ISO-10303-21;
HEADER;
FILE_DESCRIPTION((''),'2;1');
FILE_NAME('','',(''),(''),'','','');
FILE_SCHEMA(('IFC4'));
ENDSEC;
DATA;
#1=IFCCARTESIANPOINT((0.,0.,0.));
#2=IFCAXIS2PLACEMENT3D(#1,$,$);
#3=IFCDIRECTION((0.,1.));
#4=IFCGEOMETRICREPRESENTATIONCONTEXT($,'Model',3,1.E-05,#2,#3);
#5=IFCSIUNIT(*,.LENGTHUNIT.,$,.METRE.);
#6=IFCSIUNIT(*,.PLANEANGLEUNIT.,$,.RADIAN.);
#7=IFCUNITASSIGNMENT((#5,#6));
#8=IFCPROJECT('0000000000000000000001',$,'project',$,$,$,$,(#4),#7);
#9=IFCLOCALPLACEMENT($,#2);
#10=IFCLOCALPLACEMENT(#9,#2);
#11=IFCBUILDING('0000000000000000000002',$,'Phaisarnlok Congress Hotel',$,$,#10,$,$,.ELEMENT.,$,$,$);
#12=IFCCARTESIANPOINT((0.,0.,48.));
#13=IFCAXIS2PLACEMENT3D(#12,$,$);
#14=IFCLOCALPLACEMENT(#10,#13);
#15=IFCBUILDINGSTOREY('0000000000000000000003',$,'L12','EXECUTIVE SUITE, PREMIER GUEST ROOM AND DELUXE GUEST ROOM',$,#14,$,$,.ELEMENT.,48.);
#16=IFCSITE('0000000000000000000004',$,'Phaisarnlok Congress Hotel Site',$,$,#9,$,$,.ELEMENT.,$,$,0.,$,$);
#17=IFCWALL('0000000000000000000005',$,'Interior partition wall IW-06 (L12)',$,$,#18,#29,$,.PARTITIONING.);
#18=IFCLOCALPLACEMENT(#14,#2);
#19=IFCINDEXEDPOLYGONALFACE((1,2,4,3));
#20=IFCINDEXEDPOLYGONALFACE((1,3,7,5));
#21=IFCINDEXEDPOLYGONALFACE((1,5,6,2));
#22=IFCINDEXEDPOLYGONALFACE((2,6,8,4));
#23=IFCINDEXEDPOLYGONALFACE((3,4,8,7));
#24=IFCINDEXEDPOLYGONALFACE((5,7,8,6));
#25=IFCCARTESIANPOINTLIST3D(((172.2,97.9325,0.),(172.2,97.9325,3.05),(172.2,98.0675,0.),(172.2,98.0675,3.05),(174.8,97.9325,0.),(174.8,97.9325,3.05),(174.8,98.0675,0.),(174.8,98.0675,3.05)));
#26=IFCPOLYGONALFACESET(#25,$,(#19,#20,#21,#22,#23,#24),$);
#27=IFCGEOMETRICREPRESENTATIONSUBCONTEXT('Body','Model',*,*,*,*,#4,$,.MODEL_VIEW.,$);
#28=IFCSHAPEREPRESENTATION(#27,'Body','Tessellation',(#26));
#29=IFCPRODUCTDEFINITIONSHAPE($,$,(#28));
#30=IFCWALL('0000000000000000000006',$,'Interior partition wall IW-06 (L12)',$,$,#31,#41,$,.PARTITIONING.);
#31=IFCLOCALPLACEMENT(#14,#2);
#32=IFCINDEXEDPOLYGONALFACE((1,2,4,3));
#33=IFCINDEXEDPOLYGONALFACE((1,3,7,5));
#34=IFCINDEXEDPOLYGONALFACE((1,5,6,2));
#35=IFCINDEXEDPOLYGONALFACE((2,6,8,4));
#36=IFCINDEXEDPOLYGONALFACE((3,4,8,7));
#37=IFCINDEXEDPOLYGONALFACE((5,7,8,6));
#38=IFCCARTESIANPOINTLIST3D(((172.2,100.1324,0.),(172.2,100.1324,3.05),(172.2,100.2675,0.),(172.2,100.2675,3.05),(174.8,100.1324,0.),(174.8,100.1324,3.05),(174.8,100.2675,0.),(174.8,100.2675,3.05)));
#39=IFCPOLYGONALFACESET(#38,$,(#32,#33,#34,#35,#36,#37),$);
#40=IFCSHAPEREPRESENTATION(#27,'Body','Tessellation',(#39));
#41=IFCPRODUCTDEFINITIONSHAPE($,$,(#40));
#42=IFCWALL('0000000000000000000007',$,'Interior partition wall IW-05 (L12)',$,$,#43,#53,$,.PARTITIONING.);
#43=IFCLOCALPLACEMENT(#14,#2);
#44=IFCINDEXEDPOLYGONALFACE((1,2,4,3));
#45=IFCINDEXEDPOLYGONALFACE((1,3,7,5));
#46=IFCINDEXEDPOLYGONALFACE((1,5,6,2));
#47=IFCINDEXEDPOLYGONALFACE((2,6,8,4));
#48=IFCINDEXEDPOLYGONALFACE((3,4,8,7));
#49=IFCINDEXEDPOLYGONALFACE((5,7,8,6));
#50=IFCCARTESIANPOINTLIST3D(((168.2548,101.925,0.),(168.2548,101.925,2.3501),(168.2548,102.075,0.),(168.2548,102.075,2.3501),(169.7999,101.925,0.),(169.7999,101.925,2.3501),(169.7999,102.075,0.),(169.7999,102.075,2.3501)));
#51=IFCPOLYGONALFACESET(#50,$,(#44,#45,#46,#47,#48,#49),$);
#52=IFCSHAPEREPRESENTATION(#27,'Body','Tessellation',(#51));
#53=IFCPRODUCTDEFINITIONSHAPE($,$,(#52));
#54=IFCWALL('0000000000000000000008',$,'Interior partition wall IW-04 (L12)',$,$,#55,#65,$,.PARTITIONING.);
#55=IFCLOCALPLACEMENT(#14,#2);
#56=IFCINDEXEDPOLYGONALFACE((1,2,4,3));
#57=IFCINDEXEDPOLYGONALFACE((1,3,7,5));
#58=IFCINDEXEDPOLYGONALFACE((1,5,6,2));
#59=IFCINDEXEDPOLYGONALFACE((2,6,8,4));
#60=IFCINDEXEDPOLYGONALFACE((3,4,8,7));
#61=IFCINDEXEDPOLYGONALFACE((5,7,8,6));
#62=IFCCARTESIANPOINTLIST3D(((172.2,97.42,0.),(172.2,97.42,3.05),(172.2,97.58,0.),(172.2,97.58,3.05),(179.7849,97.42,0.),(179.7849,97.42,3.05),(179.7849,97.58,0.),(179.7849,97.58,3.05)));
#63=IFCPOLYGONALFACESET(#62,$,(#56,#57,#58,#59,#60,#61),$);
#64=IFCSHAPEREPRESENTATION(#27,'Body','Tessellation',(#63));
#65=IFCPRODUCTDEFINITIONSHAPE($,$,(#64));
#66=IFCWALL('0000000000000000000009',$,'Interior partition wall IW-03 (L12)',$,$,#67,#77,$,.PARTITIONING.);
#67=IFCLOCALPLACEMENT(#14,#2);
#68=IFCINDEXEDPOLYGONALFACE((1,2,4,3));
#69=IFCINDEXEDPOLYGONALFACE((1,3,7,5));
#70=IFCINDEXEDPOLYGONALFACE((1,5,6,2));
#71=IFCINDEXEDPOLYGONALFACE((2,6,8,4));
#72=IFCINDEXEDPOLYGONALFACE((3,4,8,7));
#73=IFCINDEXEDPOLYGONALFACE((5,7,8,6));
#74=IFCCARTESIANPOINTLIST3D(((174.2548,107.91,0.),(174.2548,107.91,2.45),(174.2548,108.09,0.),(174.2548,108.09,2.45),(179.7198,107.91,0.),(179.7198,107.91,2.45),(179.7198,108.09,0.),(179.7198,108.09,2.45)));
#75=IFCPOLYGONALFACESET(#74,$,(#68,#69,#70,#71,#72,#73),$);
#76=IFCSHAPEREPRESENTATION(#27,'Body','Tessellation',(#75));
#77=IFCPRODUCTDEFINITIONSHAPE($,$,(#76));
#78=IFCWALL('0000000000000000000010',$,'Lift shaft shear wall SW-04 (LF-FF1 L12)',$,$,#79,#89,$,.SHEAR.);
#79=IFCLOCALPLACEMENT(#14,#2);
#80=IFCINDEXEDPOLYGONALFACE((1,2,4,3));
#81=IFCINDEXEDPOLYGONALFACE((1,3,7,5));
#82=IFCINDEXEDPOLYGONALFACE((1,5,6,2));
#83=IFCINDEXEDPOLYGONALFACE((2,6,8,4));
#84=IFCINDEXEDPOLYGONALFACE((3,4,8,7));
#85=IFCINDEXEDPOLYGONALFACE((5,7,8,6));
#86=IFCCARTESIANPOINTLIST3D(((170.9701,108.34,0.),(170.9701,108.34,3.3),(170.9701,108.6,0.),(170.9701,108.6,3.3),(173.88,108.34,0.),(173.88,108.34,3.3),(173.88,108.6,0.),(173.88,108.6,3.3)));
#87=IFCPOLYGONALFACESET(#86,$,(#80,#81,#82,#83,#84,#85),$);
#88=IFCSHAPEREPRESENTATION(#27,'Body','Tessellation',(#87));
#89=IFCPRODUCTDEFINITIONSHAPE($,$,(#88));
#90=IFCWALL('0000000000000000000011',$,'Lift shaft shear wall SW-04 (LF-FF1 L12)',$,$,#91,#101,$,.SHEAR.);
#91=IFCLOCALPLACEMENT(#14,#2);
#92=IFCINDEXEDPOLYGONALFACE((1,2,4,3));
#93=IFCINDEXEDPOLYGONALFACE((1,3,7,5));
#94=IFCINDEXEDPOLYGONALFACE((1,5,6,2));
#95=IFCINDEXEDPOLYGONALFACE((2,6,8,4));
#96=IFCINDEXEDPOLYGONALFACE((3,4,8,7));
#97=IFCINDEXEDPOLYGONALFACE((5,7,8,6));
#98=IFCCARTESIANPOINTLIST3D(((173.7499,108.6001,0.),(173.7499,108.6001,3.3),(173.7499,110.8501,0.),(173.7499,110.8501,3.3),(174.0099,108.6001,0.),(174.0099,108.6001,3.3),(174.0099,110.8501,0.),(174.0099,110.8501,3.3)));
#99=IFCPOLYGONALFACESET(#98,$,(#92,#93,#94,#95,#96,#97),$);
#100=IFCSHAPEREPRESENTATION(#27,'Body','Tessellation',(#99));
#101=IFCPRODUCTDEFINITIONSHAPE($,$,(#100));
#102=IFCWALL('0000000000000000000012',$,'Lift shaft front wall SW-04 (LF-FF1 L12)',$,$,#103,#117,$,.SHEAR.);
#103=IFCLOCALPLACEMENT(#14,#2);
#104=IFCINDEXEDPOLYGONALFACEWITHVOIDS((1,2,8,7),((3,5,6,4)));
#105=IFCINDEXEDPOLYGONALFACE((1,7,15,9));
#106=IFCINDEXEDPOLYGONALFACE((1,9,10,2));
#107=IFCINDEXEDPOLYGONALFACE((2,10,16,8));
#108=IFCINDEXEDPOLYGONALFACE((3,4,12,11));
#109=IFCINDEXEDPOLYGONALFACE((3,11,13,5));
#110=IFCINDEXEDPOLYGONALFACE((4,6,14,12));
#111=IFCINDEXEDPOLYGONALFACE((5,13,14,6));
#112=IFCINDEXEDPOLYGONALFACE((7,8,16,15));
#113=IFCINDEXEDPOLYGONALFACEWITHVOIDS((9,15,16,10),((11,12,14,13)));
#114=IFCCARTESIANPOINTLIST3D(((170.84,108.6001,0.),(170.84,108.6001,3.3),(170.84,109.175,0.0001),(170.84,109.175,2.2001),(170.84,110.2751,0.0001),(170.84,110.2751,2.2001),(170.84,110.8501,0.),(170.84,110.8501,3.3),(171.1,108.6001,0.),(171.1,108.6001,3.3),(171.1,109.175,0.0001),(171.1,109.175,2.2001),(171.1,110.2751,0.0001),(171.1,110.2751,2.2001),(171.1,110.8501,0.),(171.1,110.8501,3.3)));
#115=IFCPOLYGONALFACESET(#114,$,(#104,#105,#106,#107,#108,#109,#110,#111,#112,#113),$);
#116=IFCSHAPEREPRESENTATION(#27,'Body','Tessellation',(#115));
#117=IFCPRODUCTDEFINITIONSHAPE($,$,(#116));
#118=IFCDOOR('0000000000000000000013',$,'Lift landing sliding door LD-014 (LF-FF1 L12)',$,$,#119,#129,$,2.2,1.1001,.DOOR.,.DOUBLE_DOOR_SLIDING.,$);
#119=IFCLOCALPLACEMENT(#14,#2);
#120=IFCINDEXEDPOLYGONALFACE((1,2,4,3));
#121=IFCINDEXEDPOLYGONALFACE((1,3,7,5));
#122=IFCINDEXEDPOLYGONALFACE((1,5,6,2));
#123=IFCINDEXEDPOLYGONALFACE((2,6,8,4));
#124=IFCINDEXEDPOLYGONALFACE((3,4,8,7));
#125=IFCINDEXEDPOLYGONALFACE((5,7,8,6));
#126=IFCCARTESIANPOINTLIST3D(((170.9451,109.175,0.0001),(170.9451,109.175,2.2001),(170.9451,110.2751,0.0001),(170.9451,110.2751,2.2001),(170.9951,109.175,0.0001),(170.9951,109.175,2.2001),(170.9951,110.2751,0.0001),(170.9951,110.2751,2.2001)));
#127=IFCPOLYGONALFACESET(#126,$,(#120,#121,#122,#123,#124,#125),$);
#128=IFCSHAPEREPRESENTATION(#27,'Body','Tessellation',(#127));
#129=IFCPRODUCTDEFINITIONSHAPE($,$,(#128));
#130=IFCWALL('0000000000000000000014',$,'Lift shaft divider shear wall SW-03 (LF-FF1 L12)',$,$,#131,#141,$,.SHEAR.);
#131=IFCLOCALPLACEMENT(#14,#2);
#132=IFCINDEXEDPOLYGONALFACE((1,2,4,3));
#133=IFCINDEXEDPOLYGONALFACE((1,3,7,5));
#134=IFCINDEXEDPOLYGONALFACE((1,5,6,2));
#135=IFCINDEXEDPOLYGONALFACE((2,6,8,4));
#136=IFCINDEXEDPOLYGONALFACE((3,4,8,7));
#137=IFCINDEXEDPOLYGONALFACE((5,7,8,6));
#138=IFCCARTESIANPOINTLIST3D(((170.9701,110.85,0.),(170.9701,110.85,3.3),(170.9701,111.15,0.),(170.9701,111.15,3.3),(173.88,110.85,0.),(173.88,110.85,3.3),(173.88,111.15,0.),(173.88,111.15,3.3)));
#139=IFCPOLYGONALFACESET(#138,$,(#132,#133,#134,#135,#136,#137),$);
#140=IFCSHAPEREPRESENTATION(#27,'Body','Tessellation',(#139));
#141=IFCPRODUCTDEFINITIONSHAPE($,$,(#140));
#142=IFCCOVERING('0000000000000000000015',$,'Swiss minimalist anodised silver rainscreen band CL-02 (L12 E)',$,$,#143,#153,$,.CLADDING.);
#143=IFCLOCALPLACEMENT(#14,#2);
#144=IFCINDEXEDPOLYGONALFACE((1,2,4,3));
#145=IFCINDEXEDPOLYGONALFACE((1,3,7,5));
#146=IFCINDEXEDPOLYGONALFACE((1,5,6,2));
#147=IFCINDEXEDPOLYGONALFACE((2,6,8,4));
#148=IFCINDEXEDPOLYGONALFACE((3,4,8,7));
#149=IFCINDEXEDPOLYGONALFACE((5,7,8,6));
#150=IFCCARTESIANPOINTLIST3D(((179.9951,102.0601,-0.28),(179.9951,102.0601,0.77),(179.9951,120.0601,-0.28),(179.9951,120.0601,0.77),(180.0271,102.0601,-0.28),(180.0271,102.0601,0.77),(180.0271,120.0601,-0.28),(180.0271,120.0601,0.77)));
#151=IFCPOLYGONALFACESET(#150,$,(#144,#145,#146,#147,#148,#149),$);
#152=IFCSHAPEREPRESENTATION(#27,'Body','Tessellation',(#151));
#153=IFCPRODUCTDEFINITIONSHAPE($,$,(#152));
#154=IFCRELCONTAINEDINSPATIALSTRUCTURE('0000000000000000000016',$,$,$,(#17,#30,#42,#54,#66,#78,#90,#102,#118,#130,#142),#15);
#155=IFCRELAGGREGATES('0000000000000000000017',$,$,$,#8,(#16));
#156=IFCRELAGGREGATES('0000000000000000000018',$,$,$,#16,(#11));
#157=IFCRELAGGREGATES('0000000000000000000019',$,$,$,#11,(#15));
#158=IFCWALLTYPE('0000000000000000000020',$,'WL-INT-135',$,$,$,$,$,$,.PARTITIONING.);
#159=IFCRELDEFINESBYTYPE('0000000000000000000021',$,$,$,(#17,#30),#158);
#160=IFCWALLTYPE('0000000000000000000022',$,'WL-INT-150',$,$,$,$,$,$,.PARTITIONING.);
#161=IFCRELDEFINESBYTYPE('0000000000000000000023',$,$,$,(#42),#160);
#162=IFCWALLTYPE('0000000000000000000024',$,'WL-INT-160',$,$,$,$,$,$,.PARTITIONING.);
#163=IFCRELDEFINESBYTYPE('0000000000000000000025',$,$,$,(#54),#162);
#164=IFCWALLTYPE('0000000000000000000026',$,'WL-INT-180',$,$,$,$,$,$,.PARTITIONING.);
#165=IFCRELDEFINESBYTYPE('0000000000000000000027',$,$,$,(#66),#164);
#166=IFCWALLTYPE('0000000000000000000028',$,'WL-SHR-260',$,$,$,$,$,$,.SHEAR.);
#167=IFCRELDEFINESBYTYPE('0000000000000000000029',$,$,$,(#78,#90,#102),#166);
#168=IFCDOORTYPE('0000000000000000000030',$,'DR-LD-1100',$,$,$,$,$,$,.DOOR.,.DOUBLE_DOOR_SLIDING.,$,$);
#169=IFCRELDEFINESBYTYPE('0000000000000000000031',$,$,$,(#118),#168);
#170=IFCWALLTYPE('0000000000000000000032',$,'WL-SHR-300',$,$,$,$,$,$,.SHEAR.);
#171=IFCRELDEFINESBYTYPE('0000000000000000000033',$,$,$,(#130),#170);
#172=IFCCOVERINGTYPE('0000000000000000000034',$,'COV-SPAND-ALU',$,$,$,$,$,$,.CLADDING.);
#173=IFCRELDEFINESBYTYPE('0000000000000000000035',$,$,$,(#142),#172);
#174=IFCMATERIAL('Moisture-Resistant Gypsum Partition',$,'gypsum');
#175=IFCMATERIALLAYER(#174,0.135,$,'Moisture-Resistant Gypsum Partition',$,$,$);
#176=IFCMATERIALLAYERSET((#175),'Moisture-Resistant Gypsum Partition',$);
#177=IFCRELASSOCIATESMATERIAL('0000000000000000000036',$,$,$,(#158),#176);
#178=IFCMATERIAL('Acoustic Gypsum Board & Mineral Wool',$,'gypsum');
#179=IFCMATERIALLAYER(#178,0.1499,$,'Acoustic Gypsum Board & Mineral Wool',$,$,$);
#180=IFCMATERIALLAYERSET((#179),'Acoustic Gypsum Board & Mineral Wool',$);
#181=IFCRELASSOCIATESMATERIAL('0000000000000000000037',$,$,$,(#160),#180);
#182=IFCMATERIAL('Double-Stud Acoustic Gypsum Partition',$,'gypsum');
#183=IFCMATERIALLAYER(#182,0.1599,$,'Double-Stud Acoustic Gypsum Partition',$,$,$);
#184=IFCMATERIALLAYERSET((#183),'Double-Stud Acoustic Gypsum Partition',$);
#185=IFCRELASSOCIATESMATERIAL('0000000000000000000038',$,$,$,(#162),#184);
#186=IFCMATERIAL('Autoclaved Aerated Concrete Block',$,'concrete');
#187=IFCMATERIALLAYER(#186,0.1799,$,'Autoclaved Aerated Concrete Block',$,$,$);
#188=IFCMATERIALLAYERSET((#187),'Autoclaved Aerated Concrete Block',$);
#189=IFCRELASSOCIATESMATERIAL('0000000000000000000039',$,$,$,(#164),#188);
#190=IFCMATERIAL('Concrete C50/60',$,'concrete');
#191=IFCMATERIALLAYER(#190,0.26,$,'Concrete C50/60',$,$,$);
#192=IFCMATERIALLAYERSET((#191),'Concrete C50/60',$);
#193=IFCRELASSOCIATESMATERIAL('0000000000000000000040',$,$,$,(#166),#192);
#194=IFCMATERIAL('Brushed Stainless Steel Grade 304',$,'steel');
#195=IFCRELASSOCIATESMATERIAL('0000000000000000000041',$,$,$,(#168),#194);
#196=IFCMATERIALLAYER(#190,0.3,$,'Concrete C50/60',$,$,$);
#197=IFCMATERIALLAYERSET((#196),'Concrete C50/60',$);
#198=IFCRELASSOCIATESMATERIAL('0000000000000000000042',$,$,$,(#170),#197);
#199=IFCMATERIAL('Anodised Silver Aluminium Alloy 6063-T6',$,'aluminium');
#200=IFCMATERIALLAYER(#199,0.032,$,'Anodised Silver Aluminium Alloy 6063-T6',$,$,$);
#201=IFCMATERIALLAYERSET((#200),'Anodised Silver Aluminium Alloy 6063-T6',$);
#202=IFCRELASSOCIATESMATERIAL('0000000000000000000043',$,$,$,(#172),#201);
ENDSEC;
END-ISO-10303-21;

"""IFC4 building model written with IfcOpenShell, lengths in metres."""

from ifc_helpers import new_model, si_unit, direction, frame, frame_2d, origin, place, context, subcontext, project, spatial, polyline, rectangle, outline, extrude, material, layer, layer_set, type_object, element, fill, save


model = new_model("IFC4")

# Units and contexts
model_context = context("Model", 3, precision=1e-05, world=origin(), true_north=direction((0.0, 1.0)))
body_context = subcontext(model_context, "Body", "Model", "MODEL_VIEW")
ifc_project = project(units=[si_unit("LENGTHUNIT", "METRE"), si_unit("PLANEANGLEUNIT", "RADIAN")], contexts=[model_context])

# Site, building, storey
site_placement = place(None, origin())
site = spatial("IfcSite", under=ifc_project, at=site_placement, Name="Phaisarnlok Congress Hotel Site", CompositionType="ELEMENT", RefElevation=0.0)
building_placement = place(site_placement, origin())
building = spatial("IfcBuilding", under=site, at=building_placement, Name="Phaisarnlok Congress Hotel", CompositionType="ELEMENT")
storey_placement = place(building_placement, frame((0.0, 0.0, 48.0)))
storey = spatial("IfcBuildingStorey", under=building, at=storey_placement, Name="L12", Description="EXECUTIVE SUITE, PREMIER GUEST ROOM AND DELUXE GUEST ROOM", CompositionType="ELEMENT", Elevation=48.0)

# Shared definitions
ifc_material_1 = material(Name="Concrete C50/60", Category="concrete")

# Walls
ifc_material_2 = material(Name="Moisture-Resistant Gypsum Partition", Category="gypsum")
ifc_layer_1 = layer(ifc_material_2, 0.135, Name="Moisture-Resistant Gypsum Partition")
ifc_layer_set_1 = layer_set([ifc_layer_1], Name="Moisture-Resistant Gypsum Partition")
wall_type_1 = type_object("IfcWallType", Name="WL-INT-135", PredefinedType="PARTITIONING", material=ifc_layer_set_1)
for number, where, z_axis, x_axis, name in (
    (1, (172.2, 98.0, 0.0), (0.0, 0.0, 1.0), (1.0, 0.0, 0.0), "Interior partition wall IW-06 (L12)"),
    (2, (172.2, 100.2, 0.0), (0.0, 0.0, 1.0), (1.0, 0.0, 0.0), "Interior partition wall IW-06 (L12)"),
):
    element("IfcWall", number, at=place(storey_placement, frame(where, z_axis=z_axis, x_axis=x_axis)), inside=storey, type_object=wall_type_1, Name=name, PredefinedType="PARTITIONING", context=body_context, shape_type="SweptSolid", body=[
        extrude(rectangle(XDim=2.6001, YDim=0.135, at=frame_2d((1.3, 0.0))), origin(), (0.0, 0.0, 1.0), 3.05),
    ])
ifc_material_3 = material(Name="Acoustic Gypsum Board & Mineral Wool", Category="gypsum")
ifc_layer_2 = layer(ifc_material_3, 0.1499, Name="Acoustic Gypsum Board & Mineral Wool")
ifc_layer_set_2 = layer_set([ifc_layer_2], Name="Acoustic Gypsum Board & Mineral Wool")
wall_type_2 = type_object("IfcWallType", Name="WL-INT-150", PredefinedType="PARTITIONING", material=ifc_layer_set_2)
wall_1_placement = place(storey_placement, frame((168.2549, 102.0, 0.0), z_axis=(0.0, 0.0, 1.0), x_axis=(1.0, 0.0, 0.0)))
element("IfcWall", 3, at=wall_1_placement, inside=storey, type_object=wall_type_2, Name="Interior partition wall IW-05 (L12)", PredefinedType="PARTITIONING", context=body_context, shape_type="SweptSolid", body=[
    extrude(rectangle(XDim=1.5452, YDim=0.1499, at=frame_2d((0.7725, 0.0))), origin(), (0.0, 0.0, 1.0), 2.3501),
])
ifc_material_4 = material(Name="Double-Stud Acoustic Gypsum Partition", Category="gypsum")
ifc_layer_3 = layer(ifc_material_4, 0.1599, Name="Double-Stud Acoustic Gypsum Partition")
ifc_layer_set_3 = layer_set([ifc_layer_3], Name="Double-Stud Acoustic Gypsum Partition")
wall_type_3 = type_object("IfcWallType", Name="WL-INT-160", PredefinedType="PARTITIONING", material=ifc_layer_set_3)
wall_2_placement = place(storey_placement, frame((172.2, 97.5, 0.0), z_axis=(0.0, 0.0, 1.0), x_axis=(1.0, 0.0, 0.0)))
element("IfcWall", 4, at=wall_2_placement, inside=storey, type_object=wall_type_3, Name="Interior partition wall IW-04 (L12)", PredefinedType="PARTITIONING", context=body_context, shape_type="SweptSolid", body=[
    extrude(rectangle(XDim=7.585, YDim=0.1599, at=frame_2d((3.7925, 0.0))), origin(), (0.0, 0.0, 1.0), 3.05),
])
ifc_material_5 = material(Name="Autoclaved Aerated Concrete Block", Category="concrete")
ifc_layer_4 = layer(ifc_material_5, 0.1799, Name="Autoclaved Aerated Concrete Block")
ifc_layer_set_4 = layer_set([ifc_layer_4], Name="Autoclaved Aerated Concrete Block")
wall_type_4 = type_object("IfcWallType", Name="WL-INT-180", PredefinedType="PARTITIONING", material=ifc_layer_set_4)
wall_3_placement = place(storey_placement, frame((174.2549, 108.0, 0.0), z_axis=(0.0, 0.0, 1.0), x_axis=(1.0, 0.0, 0.0)))
element("IfcWall", 5, at=wall_3_placement, inside=storey, type_object=wall_type_4, Name="Interior partition wall IW-03 (L12)", PredefinedType="PARTITIONING", context=body_context, shape_type="SweptSolid", body=[
    extrude(rectangle(XDim=5.4651, YDim=0.1799, at=frame_2d((2.7324, 0.0))), origin(), (0.0, 0.0, 1.0), 2.45),
])
ifc_layer_5 = layer(ifc_material_1, 0.26, Name="Concrete C50/60")
ifc_layer_set_5 = layer_set([ifc_layer_5], Name="Concrete C50/60")
wall_type_5 = type_object("IfcWallType", Name="WL-SHR-260", PredefinedType="SHEAR", material=ifc_layer_set_5)
wall_4_placement = place(storey_placement, frame((170.97, 108.47, 0.0), z_axis=(0.0, 0.0, 1.0), x_axis=(1.0, 0.0, 0.0)))
element("IfcWall", 6, at=wall_4_placement, inside=storey, type_object=wall_type_5, Name="Lift shaft shear wall SW-04 (LF-FF1 L12)", PredefinedType="SHEAR", context=body_context, shape_type="SweptSolid", body=[
    extrude(rectangle(XDim=2.9099, YDim=0.26, at=frame_2d((1.4551, 0.0))), origin(), (0.0, 0.0, 1.0), 3.3),
])
wall_5_placement = place(storey_placement, frame((173.8799, 108.6001, 0.0), z_axis=(0.0, 0.0, 1.0), x_axis=(0.0, 1.0, 0.0)))
element("IfcWall", 7, at=wall_5_placement, inside=storey, type_object=wall_type_5, Name="Lift shaft shear wall SW-04 (LF-FF1 L12)", PredefinedType="SHEAR", context=body_context, shape_type="SweptSolid", body=[
    extrude(rectangle(XDim=2.25, YDim=0.26, at=frame_2d((1.125, 0.0))), origin(), (0.0, 0.0, 1.0), 3.3),
])

# Wall, opening, door
wall_6_placement = place(storey_placement, frame((170.97, 108.6001, 0.0), z_axis=(0.0, 0.0, 1.0), x_axis=(0.0, 1.0, 0.0)))
wall_6 = element("IfcWall", 8, at=wall_6_placement, inside=storey, type_object=wall_type_5, Name="Lift shaft front wall SW-04 (LF-FF1 L12)", PredefinedType="SHEAR", context=body_context, shape_type="SweptSolid", body=[
    extrude(rectangle(XDim=2.25, YDim=0.26, at=frame_2d((1.125, 0.0))), origin(), (0.0, 0.0, 1.0), 3.3),
])
opening_1_placement = place(wall_6_placement, frame((0.575, 0.0, 0.0)))
opening_1 = element("IfcOpeningElement", 9, at=opening_1_placement, cuts=wall_6, PredefinedType="OPENING", context=body_context, shape_type="SweptSolid", body=[
    extrude(rectangle(XDim=1.1001, YDim=2.2, at=frame_2d((0.55, 1.1001))), frame((0.0, 0.1401, 0.0), z_axis=(0.0, -1.0, 0.0), x_axis=(1.0, 0.0, 0.0)), (0.0, 0.0, 1.0), 0.28),
])
ifc_material_6 = material(Name="Brushed Stainless Steel Grade 304", Category="steel")
door_type_1 = type_object("IfcDoorType", Name="DR-LD-1100", OperationType="DOUBLE_DOOR_SLIDING", PredefinedType="DOOR", material=ifc_material_6)
door_1_placement = place(opening_1_placement, origin())
door_1 = element("IfcDoor", 10, at=door_1_placement, inside=storey, type_object=door_type_1, Name="Lift landing sliding door LD-014 (LF-FF1 L12)", OperationType="DOUBLE_DOOR_SLIDING", OverallHeight=2.2, OverallWidth=1.1001, PredefinedType="DOOR", context=body_context, shape_type="SweptSolid", body=[
    extrude(rectangle(XDim=1.1001, YDim=2.2, at=frame_2d((0.55, 1.1001))), frame((0.0, 0.0249, 0.0), z_axis=(0.0, -1.0, 0.0), x_axis=(1.0, 0.0, 0.0)), (0.0, 0.0, 1.0), 0.05),
])
fill(opening_1, door_1)

# Wall
ifc_layer_6 = layer(ifc_material_1, 0.3, Name="Concrete C50/60")
ifc_layer_set_6 = layer_set([ifc_layer_6], Name="Concrete C50/60")
wall_type_6 = type_object("IfcWallType", Name="WL-SHR-300", PredefinedType="SHEAR", material=ifc_layer_set_6)
wall_7_placement = place(storey_placement, frame((170.97, 111.0, 0.0), z_axis=(0.0, 0.0, 1.0), x_axis=(1.0, 0.0, 0.0)))
element("IfcWall", 11, at=wall_7_placement, inside=storey, type_object=wall_type_6, Name="Lift shaft divider shear wall SW-03 (LF-FF1 L12)", PredefinedType="SHEAR", context=body_context, shape_type="SweptSolid", body=[
    extrude(rectangle(XDim=2.9099, YDim=0.3, at=frame_2d((1.4551, 0.0))), origin(), (0.0, 0.0, 1.0), 3.3),
])

# Covering
ifc_material_7 = material(Name="Anodised Silver Aluminium Alloy 6063-T6", Category="aluminium")
ifc_layer_7 = layer(ifc_material_7, 0.032, Name="Anodised Silver Aluminium Alloy 6063-T6")
ifc_layer_set_7 = layer_set([ifc_layer_7], Name="Anodised Silver Aluminium Alloy 6063-T6")
covering_type = type_object("IfcCoveringType", Name="COV-SPAND-ALU", PredefinedType="CLADDING", material=ifc_layer_set_7)
covering_placement = place(storey_placement, frame((179.9951, 102.0601, -0.28), z_axis=(1.0, 0.0, 0.0), x_axis=(0.0, 1.0, 0.0)))
element("IfcCovering", 12, at=covering_placement, inside=storey, type_object=covering_type, Name="Swiss minimalist anodised silver rainscreen band CL-02 (L12 E)", PredefinedType="CLADDING", context=body_context, shape_type="SweptSolid", body=[
    extrude(outline(polyline([(0.0, 0.0), (18.0, 0.0), (18.0, 1.05), (0.0, 1.05), (0.0, 0.0)])), origin(), (0.0, 0.0, 1.0), 0.032),
])

save(model, "model.ifc")
